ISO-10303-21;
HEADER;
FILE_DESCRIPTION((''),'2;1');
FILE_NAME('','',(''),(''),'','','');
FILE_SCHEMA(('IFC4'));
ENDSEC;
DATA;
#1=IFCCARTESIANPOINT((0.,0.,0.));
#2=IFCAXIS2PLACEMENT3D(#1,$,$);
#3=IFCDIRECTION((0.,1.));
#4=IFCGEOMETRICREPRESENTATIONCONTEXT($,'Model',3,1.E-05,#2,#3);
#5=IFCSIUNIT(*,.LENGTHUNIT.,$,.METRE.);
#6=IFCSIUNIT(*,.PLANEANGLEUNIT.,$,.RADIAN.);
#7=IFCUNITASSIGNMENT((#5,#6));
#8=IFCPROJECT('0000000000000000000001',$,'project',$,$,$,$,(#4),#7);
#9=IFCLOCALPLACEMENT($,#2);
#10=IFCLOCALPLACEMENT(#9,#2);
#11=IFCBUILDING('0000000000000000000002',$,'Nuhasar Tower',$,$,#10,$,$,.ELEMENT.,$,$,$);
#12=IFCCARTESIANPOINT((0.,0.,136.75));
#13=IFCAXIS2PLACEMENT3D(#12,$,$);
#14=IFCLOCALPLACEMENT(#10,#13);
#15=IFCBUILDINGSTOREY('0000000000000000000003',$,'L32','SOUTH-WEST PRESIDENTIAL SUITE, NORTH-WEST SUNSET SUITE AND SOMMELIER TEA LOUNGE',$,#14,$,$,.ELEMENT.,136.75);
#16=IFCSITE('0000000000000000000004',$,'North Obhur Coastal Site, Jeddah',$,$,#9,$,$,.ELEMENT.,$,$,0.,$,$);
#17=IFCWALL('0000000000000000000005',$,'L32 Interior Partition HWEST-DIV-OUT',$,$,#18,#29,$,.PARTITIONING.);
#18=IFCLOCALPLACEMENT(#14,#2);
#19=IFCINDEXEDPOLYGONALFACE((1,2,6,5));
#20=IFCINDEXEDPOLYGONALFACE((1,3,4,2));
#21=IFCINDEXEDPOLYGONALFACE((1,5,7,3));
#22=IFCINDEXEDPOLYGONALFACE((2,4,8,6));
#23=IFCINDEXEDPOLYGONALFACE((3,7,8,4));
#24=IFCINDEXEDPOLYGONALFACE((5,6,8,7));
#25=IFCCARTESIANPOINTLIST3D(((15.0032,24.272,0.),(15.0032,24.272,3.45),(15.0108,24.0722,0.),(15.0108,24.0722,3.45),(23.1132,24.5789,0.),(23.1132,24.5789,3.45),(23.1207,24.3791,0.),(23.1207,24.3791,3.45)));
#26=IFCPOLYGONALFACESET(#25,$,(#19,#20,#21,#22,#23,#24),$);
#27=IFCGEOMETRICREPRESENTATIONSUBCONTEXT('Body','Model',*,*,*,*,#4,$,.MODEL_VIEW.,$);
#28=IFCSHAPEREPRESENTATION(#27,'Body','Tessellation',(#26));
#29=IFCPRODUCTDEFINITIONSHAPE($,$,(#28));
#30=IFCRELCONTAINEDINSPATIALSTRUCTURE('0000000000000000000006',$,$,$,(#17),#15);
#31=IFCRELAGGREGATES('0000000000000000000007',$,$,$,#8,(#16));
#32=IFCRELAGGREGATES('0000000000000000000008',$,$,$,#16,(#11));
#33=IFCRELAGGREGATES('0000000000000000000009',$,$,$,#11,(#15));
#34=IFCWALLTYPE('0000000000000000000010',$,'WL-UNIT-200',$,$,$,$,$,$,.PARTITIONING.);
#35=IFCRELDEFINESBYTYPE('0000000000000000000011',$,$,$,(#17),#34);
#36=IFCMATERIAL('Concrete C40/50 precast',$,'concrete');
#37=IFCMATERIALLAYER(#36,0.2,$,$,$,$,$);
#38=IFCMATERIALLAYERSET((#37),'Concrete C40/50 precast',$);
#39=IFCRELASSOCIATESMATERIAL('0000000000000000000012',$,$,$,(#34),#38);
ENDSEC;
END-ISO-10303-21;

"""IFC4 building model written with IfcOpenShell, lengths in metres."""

from ifc_helpers import new_model, si_unit, direction, frame, frame_2d, origin, place, context, subcontext, project, spatial, rectangle, extrude, material, layer, layer_set, type_object, element, save


model = new_model("IFC4")

# Units and contexts
model_context = context("Model", 3, precision=1e-05, world=origin(), true_north=direction((0.0, 1.0)))
body_context = subcontext(model_context, "Body", "Model", "MODEL_VIEW")
ifc_project = project(units=[si_unit("LENGTHUNIT", "METRE"), si_unit("PLANEANGLEUNIT", "RADIAN")], contexts=[model_context])

# Site, building, storey
site_placement = place(None, origin())
site = spatial("IfcSite", under=ifc_project, at=site_placement, Name="North Obhur Coastal Site, Jeddah", CompositionType="ELEMENT", RefElevation=0.0)
building_placement = place(site_placement, origin())
building = spatial("IfcBuilding", under=site, at=building_placement, Name="Nuhasar Tower", CompositionType="ELEMENT")
storey_placement = place(building_placement, frame((0.0, 0.0, 136.75)))
storey = spatial("IfcBuildingStorey", under=building, at=storey_placement, Name="L32", Description="SOUTH-WEST PRESIDENTIAL SUITE, NORTH-WEST SUNSET SUITE AND SOMMELIER TEA LOUNGE", CompositionType="ELEMENT", Elevation=136.75)

# Wall
ifc_material_1 = material(Name="Concrete C40/50 precast", Category="concrete")
ifc_layer_1 = layer(ifc_material_1, 0.2)
ifc_layer_set_1 = layer_set([ifc_layer_1], Name="Concrete C40/50 precast")
wall_type_1 = type_object("IfcWallType", Name="WL-UNIT-200", PredefinedType="PARTITIONING", material=ifc_layer_set_1)
wall_1_placement = place(storey_placement, frame((23.1169, 24.479, 0.0), z_axis=(0.0, 0.0, 1.0), x_axis=(-0.999285, -0.037814, 0.0)))
element("IfcWall", 1, at=wall_1_placement, inside=storey, type_object=wall_type_1, Name="L32 Interior Partition HWEST-DIV-OUT", PredefinedType="PARTITIONING", context=body_context, shape_type="SweptSolid", body=[
    extrude(rectangle(XDim=8.1157, YDim=0.2, at=frame_2d((4.0579, 0.0))), origin(), (0.0, 0.0, 1.0), 3.45),
])

save(model, "model.ifc")
